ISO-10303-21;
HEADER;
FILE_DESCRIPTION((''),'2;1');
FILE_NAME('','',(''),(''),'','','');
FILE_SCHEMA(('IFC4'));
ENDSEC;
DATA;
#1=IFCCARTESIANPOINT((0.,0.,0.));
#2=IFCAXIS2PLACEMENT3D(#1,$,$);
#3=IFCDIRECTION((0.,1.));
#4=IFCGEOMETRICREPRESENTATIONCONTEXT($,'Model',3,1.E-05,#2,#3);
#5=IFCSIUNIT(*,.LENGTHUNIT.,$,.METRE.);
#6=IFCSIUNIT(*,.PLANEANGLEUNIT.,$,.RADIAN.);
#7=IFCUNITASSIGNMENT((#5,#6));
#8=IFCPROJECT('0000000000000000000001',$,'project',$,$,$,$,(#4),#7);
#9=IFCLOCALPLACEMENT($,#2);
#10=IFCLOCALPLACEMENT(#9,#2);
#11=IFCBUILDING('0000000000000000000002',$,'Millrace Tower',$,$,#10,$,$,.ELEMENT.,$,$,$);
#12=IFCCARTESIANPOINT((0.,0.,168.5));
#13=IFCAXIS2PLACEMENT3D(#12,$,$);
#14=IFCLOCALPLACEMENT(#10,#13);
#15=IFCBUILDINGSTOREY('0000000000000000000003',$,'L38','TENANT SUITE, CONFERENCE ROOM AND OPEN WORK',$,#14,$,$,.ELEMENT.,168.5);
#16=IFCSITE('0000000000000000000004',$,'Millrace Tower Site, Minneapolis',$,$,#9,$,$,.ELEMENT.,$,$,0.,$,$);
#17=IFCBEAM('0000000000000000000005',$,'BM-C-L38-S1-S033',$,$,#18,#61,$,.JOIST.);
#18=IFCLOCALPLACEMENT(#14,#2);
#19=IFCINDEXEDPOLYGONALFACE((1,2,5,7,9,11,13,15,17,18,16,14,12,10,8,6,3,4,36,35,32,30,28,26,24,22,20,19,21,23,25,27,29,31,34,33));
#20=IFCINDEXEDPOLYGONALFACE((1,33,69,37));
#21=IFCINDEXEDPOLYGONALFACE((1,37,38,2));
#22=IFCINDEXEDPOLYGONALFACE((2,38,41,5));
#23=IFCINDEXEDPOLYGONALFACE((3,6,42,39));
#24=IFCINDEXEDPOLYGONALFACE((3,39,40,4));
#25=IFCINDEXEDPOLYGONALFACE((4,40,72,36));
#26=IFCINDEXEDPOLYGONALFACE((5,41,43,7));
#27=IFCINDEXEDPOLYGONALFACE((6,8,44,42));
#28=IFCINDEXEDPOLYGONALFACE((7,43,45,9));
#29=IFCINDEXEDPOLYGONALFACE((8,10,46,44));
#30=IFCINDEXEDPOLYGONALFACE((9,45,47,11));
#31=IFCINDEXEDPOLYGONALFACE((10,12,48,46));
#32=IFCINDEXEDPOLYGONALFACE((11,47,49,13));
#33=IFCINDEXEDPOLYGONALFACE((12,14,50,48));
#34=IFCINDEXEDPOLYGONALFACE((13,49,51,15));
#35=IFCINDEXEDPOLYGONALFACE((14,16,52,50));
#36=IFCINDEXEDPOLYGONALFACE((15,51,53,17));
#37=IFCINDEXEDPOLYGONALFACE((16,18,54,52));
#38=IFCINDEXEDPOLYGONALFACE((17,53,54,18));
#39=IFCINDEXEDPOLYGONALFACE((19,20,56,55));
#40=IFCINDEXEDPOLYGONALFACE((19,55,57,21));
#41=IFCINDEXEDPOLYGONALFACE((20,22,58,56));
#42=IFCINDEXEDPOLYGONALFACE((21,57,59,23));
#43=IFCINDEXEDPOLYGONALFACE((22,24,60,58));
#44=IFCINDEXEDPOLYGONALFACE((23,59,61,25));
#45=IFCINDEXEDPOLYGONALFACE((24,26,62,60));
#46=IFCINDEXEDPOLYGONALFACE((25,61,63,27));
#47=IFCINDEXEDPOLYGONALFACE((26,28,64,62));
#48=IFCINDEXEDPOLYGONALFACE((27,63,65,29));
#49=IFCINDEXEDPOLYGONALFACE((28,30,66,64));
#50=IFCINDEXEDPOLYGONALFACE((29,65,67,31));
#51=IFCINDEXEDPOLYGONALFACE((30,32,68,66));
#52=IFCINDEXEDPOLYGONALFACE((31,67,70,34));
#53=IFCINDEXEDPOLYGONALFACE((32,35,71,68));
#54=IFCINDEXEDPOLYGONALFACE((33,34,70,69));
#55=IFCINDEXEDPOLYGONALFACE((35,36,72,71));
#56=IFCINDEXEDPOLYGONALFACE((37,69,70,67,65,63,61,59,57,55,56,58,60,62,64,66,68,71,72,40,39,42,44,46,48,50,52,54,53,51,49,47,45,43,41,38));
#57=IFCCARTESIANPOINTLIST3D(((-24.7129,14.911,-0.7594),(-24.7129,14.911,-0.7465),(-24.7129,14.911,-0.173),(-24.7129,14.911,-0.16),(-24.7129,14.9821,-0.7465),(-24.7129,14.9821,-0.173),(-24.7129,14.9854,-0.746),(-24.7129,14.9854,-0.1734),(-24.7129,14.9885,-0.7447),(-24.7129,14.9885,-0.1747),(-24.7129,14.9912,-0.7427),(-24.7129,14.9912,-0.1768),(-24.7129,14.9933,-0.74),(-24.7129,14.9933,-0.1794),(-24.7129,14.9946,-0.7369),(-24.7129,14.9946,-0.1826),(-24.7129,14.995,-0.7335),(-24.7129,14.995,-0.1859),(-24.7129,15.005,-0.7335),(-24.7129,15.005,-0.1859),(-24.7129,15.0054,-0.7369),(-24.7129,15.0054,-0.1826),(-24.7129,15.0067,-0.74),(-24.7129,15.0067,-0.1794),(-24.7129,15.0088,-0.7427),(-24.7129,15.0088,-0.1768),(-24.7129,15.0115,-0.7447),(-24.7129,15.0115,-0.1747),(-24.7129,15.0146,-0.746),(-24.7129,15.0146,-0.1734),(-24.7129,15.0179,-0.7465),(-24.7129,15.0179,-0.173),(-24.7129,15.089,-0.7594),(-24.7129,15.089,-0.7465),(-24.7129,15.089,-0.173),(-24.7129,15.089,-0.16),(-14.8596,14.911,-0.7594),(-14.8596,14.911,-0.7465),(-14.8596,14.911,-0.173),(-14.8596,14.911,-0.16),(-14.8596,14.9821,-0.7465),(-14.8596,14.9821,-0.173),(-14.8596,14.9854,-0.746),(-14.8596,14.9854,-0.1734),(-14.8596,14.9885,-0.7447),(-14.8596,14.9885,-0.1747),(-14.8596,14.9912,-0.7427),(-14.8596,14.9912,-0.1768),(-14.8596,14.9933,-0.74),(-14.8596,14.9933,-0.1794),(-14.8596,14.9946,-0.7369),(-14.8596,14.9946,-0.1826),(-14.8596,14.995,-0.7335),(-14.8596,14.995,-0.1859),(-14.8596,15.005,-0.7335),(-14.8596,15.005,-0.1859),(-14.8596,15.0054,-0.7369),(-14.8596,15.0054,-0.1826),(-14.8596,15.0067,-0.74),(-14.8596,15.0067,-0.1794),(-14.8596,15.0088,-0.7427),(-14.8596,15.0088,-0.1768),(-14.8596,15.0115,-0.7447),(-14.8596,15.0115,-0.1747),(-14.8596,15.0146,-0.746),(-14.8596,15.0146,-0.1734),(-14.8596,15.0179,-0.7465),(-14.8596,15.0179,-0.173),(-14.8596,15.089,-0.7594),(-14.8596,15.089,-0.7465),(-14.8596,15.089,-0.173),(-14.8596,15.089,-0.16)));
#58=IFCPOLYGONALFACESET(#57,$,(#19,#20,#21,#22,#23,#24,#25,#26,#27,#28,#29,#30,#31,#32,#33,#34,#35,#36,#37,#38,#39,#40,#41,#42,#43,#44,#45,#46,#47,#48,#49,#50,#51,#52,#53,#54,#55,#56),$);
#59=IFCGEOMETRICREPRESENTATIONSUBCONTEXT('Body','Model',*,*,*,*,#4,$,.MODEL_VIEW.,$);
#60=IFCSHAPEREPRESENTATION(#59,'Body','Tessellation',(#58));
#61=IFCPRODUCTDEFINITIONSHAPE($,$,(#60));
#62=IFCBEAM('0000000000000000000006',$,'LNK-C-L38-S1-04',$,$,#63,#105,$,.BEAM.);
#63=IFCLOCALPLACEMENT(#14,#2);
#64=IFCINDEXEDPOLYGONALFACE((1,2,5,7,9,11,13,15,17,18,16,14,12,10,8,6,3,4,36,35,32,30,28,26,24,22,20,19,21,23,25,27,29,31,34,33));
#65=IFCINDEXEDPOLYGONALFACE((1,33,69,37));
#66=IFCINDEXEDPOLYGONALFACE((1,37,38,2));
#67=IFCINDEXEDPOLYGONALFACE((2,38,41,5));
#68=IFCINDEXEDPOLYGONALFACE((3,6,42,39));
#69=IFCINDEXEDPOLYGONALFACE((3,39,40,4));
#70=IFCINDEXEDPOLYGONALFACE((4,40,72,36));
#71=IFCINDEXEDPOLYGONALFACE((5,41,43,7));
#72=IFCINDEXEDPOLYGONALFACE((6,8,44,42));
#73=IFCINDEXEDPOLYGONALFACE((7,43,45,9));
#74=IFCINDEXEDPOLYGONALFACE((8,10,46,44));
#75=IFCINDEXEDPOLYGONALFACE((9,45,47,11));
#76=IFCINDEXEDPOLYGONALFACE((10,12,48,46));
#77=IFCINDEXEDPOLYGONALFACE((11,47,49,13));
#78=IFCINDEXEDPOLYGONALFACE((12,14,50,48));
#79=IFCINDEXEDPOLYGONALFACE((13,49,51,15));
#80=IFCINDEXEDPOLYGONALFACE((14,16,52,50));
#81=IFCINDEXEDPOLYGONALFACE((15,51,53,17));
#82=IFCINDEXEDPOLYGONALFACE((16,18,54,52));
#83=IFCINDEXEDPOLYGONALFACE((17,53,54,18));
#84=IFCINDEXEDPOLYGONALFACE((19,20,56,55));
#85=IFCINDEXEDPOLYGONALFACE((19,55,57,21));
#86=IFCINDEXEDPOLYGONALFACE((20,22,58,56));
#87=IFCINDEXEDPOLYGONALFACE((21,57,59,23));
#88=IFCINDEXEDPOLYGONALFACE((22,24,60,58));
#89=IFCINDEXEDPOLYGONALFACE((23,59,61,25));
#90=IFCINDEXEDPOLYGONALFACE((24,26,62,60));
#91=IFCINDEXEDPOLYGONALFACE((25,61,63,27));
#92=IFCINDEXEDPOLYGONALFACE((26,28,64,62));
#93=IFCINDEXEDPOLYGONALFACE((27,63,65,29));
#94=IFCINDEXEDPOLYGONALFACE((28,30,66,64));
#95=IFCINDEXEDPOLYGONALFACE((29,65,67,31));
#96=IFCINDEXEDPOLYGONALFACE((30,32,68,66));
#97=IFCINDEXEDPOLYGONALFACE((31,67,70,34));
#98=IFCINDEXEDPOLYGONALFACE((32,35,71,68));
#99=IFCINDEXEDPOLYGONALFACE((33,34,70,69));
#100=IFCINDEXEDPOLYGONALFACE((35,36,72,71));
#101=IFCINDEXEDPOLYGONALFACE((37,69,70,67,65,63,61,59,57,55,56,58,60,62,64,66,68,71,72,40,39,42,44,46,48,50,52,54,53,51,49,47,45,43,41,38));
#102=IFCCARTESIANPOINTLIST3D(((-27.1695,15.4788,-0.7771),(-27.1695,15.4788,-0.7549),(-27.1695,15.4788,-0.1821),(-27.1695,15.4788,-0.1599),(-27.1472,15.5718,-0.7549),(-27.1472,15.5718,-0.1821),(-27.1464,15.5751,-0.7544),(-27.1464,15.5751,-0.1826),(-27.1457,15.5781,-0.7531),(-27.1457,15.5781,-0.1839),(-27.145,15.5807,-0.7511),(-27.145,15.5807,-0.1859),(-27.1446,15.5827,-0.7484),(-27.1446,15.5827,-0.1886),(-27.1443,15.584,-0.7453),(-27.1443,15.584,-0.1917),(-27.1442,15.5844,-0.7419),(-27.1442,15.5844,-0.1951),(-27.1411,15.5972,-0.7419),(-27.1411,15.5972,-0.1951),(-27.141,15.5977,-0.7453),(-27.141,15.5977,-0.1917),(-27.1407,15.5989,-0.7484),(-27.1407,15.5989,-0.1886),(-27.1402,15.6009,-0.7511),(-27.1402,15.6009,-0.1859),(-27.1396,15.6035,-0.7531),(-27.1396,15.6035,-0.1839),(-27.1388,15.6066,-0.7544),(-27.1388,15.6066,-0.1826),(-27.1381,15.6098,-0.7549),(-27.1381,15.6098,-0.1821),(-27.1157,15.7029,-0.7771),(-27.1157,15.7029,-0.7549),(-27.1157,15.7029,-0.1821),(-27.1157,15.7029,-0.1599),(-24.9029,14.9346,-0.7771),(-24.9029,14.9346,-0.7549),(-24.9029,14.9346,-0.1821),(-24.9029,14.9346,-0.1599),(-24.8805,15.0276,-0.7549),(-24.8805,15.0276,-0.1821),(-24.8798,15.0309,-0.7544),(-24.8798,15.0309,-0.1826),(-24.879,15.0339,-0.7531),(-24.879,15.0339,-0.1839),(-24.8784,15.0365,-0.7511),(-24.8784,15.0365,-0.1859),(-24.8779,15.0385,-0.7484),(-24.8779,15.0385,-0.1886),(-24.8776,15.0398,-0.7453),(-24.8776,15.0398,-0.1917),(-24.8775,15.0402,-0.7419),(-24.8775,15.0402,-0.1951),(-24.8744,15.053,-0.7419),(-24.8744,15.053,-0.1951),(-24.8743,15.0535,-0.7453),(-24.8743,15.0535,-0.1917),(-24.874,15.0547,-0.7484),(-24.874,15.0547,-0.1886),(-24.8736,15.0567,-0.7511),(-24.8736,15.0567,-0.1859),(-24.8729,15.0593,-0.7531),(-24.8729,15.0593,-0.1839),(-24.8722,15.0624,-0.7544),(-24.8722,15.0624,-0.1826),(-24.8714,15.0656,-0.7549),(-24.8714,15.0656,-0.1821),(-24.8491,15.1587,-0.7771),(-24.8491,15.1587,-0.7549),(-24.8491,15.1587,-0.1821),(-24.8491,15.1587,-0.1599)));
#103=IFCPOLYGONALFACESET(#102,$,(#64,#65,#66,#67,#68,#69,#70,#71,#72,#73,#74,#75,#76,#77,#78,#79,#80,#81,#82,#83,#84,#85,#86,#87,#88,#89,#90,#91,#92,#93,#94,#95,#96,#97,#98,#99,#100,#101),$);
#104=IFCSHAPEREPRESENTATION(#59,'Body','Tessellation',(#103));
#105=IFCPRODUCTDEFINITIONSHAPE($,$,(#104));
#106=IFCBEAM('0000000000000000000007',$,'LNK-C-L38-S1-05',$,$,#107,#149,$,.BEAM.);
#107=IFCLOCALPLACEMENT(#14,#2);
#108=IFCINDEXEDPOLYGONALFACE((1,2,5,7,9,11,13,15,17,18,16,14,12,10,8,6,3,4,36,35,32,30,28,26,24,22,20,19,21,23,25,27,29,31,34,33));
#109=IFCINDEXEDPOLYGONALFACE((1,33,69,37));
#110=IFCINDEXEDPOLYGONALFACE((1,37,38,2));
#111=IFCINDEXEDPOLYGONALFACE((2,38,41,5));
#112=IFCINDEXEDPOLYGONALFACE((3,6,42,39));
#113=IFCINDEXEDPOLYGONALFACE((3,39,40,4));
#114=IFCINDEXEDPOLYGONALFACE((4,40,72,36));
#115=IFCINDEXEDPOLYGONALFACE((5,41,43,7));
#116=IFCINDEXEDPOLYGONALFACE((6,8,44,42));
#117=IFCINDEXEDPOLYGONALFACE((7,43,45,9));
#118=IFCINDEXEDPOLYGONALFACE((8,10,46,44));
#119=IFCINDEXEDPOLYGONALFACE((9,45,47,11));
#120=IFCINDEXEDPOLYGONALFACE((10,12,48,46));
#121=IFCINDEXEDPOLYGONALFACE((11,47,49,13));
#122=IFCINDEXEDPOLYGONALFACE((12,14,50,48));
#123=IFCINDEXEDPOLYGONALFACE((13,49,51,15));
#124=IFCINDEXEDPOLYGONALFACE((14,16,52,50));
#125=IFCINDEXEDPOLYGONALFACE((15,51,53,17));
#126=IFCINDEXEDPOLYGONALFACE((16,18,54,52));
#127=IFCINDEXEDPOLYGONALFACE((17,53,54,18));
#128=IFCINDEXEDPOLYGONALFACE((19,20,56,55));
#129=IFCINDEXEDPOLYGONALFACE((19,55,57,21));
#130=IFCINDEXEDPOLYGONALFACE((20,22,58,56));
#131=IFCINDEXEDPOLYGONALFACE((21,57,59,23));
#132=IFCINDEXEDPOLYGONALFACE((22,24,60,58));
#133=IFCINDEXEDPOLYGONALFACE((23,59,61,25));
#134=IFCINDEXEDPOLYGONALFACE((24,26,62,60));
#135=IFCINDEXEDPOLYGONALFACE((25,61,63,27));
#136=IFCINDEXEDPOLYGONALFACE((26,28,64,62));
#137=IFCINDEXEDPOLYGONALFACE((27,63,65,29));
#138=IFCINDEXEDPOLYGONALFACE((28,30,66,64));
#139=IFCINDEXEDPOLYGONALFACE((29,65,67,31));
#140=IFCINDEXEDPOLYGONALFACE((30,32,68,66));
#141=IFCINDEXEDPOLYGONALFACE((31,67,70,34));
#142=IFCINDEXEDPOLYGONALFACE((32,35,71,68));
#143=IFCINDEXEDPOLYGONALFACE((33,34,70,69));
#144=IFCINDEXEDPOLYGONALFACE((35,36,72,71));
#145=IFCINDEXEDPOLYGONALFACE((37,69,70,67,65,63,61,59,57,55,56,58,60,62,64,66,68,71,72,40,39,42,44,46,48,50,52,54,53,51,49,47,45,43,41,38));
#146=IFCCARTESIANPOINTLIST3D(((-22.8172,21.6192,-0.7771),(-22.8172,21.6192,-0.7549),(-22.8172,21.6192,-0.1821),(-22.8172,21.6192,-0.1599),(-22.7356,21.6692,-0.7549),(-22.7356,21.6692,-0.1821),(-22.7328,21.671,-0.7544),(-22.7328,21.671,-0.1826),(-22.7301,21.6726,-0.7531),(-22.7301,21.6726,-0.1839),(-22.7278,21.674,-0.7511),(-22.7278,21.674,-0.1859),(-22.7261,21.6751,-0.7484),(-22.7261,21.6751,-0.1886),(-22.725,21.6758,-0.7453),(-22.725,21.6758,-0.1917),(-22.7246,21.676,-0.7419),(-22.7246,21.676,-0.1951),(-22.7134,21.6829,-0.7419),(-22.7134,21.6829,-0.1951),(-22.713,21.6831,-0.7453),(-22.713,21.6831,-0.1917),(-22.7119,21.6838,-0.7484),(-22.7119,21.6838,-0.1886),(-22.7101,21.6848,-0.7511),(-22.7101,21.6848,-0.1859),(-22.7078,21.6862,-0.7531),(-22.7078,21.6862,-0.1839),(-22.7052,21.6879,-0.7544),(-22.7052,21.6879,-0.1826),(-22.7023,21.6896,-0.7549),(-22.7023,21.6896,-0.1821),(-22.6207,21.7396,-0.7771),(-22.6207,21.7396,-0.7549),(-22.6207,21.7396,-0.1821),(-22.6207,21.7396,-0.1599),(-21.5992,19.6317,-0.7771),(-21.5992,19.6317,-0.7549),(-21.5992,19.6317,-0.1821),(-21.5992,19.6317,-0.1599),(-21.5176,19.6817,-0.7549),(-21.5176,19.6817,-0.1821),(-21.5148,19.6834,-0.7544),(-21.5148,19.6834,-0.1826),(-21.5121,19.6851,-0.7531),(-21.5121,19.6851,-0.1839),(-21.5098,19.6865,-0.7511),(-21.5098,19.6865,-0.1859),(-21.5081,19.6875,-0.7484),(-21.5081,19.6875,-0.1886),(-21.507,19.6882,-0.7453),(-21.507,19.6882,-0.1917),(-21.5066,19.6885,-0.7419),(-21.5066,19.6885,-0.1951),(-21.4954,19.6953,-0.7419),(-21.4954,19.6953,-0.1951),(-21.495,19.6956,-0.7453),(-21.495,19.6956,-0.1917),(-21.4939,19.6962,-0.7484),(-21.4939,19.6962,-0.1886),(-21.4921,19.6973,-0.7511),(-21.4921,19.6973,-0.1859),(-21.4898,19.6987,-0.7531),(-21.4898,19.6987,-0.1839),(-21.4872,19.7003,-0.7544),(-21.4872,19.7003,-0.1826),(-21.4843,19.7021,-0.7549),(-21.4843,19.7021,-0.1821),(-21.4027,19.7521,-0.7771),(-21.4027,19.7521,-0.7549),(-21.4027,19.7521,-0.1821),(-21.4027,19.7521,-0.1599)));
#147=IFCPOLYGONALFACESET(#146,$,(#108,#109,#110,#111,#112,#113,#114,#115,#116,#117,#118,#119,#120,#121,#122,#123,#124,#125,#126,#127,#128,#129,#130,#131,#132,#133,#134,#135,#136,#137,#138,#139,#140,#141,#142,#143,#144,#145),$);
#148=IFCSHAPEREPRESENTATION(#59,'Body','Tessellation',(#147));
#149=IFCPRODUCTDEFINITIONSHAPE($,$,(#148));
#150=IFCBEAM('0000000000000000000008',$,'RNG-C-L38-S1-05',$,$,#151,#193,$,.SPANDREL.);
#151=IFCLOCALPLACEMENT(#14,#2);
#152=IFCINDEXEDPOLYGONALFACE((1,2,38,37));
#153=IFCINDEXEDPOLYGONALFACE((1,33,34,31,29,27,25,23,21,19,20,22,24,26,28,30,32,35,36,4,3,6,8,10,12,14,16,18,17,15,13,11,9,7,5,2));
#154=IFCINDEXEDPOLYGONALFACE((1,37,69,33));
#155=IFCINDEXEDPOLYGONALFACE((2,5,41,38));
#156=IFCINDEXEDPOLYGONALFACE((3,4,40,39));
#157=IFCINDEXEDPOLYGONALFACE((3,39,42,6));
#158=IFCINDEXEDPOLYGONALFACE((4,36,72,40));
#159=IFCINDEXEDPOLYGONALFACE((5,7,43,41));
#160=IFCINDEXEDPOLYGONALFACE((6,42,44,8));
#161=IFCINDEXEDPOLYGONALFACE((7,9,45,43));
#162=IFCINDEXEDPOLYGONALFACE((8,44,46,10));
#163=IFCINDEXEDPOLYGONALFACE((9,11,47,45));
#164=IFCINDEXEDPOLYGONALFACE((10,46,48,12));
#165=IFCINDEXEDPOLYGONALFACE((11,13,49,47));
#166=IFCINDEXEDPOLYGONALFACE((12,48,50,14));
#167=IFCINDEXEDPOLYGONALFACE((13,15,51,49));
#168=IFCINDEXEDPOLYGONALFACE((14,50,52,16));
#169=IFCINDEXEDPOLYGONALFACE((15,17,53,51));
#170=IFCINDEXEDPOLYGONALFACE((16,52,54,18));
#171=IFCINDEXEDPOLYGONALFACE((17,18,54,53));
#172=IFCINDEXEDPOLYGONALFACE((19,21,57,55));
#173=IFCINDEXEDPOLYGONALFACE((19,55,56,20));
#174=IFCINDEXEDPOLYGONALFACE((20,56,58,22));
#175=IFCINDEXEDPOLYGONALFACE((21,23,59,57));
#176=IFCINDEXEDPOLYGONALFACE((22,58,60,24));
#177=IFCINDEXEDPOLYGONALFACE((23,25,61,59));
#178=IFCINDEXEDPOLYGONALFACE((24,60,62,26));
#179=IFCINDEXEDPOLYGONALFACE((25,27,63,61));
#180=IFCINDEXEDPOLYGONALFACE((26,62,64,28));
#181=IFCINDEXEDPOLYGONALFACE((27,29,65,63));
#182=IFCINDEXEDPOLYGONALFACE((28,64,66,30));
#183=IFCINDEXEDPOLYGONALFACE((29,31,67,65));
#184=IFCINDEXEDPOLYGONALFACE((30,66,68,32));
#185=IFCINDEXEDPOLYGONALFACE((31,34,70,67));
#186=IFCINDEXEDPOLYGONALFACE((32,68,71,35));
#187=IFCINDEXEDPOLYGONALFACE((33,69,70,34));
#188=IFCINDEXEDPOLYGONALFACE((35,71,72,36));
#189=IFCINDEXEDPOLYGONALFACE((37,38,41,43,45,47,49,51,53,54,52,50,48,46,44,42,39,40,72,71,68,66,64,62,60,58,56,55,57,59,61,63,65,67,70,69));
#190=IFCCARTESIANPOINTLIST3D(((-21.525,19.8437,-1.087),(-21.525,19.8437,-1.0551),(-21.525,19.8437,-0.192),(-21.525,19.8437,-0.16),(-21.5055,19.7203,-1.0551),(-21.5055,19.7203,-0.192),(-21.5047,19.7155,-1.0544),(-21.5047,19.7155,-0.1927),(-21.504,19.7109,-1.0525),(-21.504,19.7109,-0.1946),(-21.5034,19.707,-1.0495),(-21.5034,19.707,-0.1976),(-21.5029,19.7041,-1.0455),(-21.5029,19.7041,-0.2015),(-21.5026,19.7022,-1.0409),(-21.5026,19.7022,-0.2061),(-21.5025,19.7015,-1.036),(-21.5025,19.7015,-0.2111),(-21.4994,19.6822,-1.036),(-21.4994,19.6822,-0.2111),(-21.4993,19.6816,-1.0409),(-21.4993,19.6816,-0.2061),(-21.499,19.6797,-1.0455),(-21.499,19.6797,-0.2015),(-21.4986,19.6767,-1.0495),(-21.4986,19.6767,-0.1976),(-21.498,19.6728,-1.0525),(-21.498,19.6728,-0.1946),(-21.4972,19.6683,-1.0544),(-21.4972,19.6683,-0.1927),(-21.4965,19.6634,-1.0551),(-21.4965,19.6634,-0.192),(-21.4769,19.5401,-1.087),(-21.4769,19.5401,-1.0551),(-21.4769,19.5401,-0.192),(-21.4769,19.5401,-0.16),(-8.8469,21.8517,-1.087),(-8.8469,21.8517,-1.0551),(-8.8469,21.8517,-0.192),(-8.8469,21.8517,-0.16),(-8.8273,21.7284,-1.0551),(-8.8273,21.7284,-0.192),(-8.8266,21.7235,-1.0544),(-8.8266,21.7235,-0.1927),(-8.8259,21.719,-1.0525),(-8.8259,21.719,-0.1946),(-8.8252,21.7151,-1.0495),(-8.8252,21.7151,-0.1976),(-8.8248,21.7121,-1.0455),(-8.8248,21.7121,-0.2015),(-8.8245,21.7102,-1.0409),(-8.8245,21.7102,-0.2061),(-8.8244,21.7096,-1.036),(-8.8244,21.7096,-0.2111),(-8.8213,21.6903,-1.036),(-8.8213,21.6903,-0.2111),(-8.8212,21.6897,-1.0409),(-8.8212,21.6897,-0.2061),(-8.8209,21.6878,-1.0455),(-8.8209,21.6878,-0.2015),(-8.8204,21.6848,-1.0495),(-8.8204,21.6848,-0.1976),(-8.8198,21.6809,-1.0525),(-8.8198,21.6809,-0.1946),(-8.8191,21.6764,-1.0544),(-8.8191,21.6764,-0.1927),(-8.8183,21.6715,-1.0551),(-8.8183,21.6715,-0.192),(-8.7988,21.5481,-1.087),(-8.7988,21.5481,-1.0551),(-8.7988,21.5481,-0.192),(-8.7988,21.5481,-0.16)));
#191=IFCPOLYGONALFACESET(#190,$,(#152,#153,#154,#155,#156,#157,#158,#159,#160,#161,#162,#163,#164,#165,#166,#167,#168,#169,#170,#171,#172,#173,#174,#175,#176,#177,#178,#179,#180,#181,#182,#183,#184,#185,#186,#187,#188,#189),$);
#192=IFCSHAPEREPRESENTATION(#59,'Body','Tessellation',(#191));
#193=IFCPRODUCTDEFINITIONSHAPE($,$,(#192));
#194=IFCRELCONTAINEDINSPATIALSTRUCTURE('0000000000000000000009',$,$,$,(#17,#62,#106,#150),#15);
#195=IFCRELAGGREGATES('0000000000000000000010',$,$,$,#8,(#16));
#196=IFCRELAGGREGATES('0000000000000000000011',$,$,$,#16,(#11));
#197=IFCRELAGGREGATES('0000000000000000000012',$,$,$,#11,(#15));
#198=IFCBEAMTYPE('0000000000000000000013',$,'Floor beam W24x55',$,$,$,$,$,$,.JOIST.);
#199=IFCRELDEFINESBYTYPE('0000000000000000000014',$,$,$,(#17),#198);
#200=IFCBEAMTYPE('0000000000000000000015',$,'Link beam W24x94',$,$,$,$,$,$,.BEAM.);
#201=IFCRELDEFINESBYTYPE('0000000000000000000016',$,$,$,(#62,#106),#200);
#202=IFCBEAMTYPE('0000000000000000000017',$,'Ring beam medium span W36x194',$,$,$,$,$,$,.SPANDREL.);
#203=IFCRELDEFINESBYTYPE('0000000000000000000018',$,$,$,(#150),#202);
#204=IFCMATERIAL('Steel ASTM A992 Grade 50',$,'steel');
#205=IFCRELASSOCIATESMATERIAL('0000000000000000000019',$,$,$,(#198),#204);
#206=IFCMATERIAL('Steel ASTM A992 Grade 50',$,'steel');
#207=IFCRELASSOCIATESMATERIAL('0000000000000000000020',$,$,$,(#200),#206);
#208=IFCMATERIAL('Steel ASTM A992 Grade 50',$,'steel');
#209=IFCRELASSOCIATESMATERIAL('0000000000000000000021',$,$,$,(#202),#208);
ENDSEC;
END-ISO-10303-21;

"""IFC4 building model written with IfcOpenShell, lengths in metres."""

from ifc_helpers import new_model, si_unit, direction, frame, origin, origin_2d, place, context, subcontext, project, spatial, i_section, extrude, material, material_profile, profile_set, type_object, element, save


model = new_model("IFC4")

# Units and contexts
model_context = context("Model", 3, precision=1e-05, world=origin(), true_north=direction((0.0, 1.0)))
body_context = subcontext(model_context, "Body", "Model", "MODEL_VIEW")
ifc_project = project(units=[si_unit("LENGTHUNIT", "METRE"), si_unit("PLANEANGLEUNIT", "RADIAN")], contexts=[model_context])

# Site, building, storey
site_placement = place(None, origin())
site = spatial("IfcSite", under=ifc_project, at=site_placement, Name="Millrace Tower Site, Minneapolis", CompositionType="ELEMENT", RefElevation=0.0)
building_placement = place(site_placement, origin())
building = spatial("IfcBuilding", under=site, at=building_placement, Name="Millrace Tower", CompositionType="ELEMENT")
storey_placement = place(building_placement, frame((0.0, 0.0, 168.5)))
storey = spatial("IfcBuildingStorey", under=building, at=storey_placement, Name="L38", Description="TENANT SUITE, CONFERENCE ROOM AND OPEN WORK", CompositionType="ELEMENT", Elevation=168.5)

# Beams
ifc_material_1 = material(Name="Steel ASTM A992 Grade 50", Category="steel")
ifc_material_profile_1 = material_profile(ifc_material_1, i_section(OverallWidth=0.178, OverallDepth=0.5994, WebThickness=0.01, FlangeThickness=0.0129, FilletRadius=0.0129, at=origin_2d()))
ifc_profile_set_1 = profile_set([ifc_material_profile_1], Name="Steel ASTM A992 Grade 50")
beam_type_1 = type_object("IfcBeamType", Name="Floor beam W24x55", PredefinedType="JOIST", material=ifc_profile_set_1)
beam_1_placement = place(storey_placement, frame((-24.7129, 15.0, -0.4597), z_axis=(1.0, 0.0, 0.0), x_axis=(0.0, 1.0, 0.0)))
element("IfcBeam", 1, at=beam_1_placement, inside=storey, type_object=beam_type_1, Name="BM-C-L38-S1-S033", PredefinedType="JOIST", context=body_context, shape_type="SweptSolid", body=[
    extrude(i_section(OverallWidth=0.178, OverallDepth=0.5994, WebThickness=0.01, FlangeThickness=0.0129, FilletRadius=0.0129, at=origin_2d()), origin(), (0.0, 0.0, 1.0), 9.8533),
])
ifc_material_2 = material(Name="Steel ASTM A992 Grade 50", Category="steel")
ifc_material_profile_2 = material_profile(ifc_material_2, i_section(OverallWidth=0.2305, OverallDepth=0.6172, WebThickness=0.0132, FlangeThickness=0.0222, FilletRadius=0.0129, at=origin_2d()))
ifc_profile_set_2 = profile_set([ifc_material_profile_2], Name="Steel ASTM A992 Grade 50")
beam_type_2 = type_object("IfcBeamType", Name="Link beam W24x94", PredefinedType="BEAM", material=ifc_profile_set_2)
for number, where, z_axis, x_axis, name in (
    (2, (-24.876, 15.0466, -0.4685), (-0.972367, 0.233456, 0.0), (-0.233456, -0.972367, 0.0), "LNK-C-L38-S1-04"),
    (3, (-21.501, 19.6919, -0.4685), (-0.522513, 0.852631, 0.0), (-0.852631, -0.522513, 0.0), "LNK-C-L38-S1-05"),
):
    element("IfcBeam", number, at=place(storey_placement, frame(where, z_axis=z_axis, x_axis=x_axis)), inside=storey, type_object=beam_type_2, Name=name, PredefinedType="BEAM", context=body_context, shape_type="SweptSolid", body=[
        extrude(i_section(OverallWidth=0.2305, OverallDepth=0.6172, WebThickness=0.0132, FlangeThickness=0.0222, FilletRadius=0.0129, at=origin_2d()), origin(), (0.0, 0.0, 1.0), 2.3311),
    ])
ifc_material_3 = material(Name="Steel ASTM A992 Grade 50", Category="steel")
ifc_material_profile_3 = material_profile(ifc_material_3, i_section(OverallWidth=0.3074, OverallDepth=0.927, WebThickness=0.0195, FlangeThickness=0.032, FilletRadius=0.019, at=origin_2d()))
ifc_profile_set_3 = profile_set([ifc_material_profile_3], Name="Steel ASTM A992 Grade 50")
beam_type_3 = type_object("IfcBeamType", Name="Ring beam medium span W36x194", PredefinedType="SPANDREL", material=ifc_profile_set_3)
beam_2_placement = place(storey_placement, frame((-21.501, 19.6919, -0.6235), z_axis=(0.987688, 0.156436, 0.0), x_axis=(-0.156436, 0.987688, 0.0)))
element("IfcBeam", 4, at=beam_2_placement, inside=storey, type_object=beam_type_3, Name="RNG-C-L38-S1-05", PredefinedType="SPANDREL", context=body_context, shape_type="SweptSolid", body=[
    extrude(i_section(OverallWidth=0.3074, OverallDepth=0.927, WebThickness=0.0195, FlangeThickness=0.032, FilletRadius=0.019, at=origin_2d()), origin(), (0.0, 0.0, 1.0), 12.8362),
])

save(model, "model.ifc")
